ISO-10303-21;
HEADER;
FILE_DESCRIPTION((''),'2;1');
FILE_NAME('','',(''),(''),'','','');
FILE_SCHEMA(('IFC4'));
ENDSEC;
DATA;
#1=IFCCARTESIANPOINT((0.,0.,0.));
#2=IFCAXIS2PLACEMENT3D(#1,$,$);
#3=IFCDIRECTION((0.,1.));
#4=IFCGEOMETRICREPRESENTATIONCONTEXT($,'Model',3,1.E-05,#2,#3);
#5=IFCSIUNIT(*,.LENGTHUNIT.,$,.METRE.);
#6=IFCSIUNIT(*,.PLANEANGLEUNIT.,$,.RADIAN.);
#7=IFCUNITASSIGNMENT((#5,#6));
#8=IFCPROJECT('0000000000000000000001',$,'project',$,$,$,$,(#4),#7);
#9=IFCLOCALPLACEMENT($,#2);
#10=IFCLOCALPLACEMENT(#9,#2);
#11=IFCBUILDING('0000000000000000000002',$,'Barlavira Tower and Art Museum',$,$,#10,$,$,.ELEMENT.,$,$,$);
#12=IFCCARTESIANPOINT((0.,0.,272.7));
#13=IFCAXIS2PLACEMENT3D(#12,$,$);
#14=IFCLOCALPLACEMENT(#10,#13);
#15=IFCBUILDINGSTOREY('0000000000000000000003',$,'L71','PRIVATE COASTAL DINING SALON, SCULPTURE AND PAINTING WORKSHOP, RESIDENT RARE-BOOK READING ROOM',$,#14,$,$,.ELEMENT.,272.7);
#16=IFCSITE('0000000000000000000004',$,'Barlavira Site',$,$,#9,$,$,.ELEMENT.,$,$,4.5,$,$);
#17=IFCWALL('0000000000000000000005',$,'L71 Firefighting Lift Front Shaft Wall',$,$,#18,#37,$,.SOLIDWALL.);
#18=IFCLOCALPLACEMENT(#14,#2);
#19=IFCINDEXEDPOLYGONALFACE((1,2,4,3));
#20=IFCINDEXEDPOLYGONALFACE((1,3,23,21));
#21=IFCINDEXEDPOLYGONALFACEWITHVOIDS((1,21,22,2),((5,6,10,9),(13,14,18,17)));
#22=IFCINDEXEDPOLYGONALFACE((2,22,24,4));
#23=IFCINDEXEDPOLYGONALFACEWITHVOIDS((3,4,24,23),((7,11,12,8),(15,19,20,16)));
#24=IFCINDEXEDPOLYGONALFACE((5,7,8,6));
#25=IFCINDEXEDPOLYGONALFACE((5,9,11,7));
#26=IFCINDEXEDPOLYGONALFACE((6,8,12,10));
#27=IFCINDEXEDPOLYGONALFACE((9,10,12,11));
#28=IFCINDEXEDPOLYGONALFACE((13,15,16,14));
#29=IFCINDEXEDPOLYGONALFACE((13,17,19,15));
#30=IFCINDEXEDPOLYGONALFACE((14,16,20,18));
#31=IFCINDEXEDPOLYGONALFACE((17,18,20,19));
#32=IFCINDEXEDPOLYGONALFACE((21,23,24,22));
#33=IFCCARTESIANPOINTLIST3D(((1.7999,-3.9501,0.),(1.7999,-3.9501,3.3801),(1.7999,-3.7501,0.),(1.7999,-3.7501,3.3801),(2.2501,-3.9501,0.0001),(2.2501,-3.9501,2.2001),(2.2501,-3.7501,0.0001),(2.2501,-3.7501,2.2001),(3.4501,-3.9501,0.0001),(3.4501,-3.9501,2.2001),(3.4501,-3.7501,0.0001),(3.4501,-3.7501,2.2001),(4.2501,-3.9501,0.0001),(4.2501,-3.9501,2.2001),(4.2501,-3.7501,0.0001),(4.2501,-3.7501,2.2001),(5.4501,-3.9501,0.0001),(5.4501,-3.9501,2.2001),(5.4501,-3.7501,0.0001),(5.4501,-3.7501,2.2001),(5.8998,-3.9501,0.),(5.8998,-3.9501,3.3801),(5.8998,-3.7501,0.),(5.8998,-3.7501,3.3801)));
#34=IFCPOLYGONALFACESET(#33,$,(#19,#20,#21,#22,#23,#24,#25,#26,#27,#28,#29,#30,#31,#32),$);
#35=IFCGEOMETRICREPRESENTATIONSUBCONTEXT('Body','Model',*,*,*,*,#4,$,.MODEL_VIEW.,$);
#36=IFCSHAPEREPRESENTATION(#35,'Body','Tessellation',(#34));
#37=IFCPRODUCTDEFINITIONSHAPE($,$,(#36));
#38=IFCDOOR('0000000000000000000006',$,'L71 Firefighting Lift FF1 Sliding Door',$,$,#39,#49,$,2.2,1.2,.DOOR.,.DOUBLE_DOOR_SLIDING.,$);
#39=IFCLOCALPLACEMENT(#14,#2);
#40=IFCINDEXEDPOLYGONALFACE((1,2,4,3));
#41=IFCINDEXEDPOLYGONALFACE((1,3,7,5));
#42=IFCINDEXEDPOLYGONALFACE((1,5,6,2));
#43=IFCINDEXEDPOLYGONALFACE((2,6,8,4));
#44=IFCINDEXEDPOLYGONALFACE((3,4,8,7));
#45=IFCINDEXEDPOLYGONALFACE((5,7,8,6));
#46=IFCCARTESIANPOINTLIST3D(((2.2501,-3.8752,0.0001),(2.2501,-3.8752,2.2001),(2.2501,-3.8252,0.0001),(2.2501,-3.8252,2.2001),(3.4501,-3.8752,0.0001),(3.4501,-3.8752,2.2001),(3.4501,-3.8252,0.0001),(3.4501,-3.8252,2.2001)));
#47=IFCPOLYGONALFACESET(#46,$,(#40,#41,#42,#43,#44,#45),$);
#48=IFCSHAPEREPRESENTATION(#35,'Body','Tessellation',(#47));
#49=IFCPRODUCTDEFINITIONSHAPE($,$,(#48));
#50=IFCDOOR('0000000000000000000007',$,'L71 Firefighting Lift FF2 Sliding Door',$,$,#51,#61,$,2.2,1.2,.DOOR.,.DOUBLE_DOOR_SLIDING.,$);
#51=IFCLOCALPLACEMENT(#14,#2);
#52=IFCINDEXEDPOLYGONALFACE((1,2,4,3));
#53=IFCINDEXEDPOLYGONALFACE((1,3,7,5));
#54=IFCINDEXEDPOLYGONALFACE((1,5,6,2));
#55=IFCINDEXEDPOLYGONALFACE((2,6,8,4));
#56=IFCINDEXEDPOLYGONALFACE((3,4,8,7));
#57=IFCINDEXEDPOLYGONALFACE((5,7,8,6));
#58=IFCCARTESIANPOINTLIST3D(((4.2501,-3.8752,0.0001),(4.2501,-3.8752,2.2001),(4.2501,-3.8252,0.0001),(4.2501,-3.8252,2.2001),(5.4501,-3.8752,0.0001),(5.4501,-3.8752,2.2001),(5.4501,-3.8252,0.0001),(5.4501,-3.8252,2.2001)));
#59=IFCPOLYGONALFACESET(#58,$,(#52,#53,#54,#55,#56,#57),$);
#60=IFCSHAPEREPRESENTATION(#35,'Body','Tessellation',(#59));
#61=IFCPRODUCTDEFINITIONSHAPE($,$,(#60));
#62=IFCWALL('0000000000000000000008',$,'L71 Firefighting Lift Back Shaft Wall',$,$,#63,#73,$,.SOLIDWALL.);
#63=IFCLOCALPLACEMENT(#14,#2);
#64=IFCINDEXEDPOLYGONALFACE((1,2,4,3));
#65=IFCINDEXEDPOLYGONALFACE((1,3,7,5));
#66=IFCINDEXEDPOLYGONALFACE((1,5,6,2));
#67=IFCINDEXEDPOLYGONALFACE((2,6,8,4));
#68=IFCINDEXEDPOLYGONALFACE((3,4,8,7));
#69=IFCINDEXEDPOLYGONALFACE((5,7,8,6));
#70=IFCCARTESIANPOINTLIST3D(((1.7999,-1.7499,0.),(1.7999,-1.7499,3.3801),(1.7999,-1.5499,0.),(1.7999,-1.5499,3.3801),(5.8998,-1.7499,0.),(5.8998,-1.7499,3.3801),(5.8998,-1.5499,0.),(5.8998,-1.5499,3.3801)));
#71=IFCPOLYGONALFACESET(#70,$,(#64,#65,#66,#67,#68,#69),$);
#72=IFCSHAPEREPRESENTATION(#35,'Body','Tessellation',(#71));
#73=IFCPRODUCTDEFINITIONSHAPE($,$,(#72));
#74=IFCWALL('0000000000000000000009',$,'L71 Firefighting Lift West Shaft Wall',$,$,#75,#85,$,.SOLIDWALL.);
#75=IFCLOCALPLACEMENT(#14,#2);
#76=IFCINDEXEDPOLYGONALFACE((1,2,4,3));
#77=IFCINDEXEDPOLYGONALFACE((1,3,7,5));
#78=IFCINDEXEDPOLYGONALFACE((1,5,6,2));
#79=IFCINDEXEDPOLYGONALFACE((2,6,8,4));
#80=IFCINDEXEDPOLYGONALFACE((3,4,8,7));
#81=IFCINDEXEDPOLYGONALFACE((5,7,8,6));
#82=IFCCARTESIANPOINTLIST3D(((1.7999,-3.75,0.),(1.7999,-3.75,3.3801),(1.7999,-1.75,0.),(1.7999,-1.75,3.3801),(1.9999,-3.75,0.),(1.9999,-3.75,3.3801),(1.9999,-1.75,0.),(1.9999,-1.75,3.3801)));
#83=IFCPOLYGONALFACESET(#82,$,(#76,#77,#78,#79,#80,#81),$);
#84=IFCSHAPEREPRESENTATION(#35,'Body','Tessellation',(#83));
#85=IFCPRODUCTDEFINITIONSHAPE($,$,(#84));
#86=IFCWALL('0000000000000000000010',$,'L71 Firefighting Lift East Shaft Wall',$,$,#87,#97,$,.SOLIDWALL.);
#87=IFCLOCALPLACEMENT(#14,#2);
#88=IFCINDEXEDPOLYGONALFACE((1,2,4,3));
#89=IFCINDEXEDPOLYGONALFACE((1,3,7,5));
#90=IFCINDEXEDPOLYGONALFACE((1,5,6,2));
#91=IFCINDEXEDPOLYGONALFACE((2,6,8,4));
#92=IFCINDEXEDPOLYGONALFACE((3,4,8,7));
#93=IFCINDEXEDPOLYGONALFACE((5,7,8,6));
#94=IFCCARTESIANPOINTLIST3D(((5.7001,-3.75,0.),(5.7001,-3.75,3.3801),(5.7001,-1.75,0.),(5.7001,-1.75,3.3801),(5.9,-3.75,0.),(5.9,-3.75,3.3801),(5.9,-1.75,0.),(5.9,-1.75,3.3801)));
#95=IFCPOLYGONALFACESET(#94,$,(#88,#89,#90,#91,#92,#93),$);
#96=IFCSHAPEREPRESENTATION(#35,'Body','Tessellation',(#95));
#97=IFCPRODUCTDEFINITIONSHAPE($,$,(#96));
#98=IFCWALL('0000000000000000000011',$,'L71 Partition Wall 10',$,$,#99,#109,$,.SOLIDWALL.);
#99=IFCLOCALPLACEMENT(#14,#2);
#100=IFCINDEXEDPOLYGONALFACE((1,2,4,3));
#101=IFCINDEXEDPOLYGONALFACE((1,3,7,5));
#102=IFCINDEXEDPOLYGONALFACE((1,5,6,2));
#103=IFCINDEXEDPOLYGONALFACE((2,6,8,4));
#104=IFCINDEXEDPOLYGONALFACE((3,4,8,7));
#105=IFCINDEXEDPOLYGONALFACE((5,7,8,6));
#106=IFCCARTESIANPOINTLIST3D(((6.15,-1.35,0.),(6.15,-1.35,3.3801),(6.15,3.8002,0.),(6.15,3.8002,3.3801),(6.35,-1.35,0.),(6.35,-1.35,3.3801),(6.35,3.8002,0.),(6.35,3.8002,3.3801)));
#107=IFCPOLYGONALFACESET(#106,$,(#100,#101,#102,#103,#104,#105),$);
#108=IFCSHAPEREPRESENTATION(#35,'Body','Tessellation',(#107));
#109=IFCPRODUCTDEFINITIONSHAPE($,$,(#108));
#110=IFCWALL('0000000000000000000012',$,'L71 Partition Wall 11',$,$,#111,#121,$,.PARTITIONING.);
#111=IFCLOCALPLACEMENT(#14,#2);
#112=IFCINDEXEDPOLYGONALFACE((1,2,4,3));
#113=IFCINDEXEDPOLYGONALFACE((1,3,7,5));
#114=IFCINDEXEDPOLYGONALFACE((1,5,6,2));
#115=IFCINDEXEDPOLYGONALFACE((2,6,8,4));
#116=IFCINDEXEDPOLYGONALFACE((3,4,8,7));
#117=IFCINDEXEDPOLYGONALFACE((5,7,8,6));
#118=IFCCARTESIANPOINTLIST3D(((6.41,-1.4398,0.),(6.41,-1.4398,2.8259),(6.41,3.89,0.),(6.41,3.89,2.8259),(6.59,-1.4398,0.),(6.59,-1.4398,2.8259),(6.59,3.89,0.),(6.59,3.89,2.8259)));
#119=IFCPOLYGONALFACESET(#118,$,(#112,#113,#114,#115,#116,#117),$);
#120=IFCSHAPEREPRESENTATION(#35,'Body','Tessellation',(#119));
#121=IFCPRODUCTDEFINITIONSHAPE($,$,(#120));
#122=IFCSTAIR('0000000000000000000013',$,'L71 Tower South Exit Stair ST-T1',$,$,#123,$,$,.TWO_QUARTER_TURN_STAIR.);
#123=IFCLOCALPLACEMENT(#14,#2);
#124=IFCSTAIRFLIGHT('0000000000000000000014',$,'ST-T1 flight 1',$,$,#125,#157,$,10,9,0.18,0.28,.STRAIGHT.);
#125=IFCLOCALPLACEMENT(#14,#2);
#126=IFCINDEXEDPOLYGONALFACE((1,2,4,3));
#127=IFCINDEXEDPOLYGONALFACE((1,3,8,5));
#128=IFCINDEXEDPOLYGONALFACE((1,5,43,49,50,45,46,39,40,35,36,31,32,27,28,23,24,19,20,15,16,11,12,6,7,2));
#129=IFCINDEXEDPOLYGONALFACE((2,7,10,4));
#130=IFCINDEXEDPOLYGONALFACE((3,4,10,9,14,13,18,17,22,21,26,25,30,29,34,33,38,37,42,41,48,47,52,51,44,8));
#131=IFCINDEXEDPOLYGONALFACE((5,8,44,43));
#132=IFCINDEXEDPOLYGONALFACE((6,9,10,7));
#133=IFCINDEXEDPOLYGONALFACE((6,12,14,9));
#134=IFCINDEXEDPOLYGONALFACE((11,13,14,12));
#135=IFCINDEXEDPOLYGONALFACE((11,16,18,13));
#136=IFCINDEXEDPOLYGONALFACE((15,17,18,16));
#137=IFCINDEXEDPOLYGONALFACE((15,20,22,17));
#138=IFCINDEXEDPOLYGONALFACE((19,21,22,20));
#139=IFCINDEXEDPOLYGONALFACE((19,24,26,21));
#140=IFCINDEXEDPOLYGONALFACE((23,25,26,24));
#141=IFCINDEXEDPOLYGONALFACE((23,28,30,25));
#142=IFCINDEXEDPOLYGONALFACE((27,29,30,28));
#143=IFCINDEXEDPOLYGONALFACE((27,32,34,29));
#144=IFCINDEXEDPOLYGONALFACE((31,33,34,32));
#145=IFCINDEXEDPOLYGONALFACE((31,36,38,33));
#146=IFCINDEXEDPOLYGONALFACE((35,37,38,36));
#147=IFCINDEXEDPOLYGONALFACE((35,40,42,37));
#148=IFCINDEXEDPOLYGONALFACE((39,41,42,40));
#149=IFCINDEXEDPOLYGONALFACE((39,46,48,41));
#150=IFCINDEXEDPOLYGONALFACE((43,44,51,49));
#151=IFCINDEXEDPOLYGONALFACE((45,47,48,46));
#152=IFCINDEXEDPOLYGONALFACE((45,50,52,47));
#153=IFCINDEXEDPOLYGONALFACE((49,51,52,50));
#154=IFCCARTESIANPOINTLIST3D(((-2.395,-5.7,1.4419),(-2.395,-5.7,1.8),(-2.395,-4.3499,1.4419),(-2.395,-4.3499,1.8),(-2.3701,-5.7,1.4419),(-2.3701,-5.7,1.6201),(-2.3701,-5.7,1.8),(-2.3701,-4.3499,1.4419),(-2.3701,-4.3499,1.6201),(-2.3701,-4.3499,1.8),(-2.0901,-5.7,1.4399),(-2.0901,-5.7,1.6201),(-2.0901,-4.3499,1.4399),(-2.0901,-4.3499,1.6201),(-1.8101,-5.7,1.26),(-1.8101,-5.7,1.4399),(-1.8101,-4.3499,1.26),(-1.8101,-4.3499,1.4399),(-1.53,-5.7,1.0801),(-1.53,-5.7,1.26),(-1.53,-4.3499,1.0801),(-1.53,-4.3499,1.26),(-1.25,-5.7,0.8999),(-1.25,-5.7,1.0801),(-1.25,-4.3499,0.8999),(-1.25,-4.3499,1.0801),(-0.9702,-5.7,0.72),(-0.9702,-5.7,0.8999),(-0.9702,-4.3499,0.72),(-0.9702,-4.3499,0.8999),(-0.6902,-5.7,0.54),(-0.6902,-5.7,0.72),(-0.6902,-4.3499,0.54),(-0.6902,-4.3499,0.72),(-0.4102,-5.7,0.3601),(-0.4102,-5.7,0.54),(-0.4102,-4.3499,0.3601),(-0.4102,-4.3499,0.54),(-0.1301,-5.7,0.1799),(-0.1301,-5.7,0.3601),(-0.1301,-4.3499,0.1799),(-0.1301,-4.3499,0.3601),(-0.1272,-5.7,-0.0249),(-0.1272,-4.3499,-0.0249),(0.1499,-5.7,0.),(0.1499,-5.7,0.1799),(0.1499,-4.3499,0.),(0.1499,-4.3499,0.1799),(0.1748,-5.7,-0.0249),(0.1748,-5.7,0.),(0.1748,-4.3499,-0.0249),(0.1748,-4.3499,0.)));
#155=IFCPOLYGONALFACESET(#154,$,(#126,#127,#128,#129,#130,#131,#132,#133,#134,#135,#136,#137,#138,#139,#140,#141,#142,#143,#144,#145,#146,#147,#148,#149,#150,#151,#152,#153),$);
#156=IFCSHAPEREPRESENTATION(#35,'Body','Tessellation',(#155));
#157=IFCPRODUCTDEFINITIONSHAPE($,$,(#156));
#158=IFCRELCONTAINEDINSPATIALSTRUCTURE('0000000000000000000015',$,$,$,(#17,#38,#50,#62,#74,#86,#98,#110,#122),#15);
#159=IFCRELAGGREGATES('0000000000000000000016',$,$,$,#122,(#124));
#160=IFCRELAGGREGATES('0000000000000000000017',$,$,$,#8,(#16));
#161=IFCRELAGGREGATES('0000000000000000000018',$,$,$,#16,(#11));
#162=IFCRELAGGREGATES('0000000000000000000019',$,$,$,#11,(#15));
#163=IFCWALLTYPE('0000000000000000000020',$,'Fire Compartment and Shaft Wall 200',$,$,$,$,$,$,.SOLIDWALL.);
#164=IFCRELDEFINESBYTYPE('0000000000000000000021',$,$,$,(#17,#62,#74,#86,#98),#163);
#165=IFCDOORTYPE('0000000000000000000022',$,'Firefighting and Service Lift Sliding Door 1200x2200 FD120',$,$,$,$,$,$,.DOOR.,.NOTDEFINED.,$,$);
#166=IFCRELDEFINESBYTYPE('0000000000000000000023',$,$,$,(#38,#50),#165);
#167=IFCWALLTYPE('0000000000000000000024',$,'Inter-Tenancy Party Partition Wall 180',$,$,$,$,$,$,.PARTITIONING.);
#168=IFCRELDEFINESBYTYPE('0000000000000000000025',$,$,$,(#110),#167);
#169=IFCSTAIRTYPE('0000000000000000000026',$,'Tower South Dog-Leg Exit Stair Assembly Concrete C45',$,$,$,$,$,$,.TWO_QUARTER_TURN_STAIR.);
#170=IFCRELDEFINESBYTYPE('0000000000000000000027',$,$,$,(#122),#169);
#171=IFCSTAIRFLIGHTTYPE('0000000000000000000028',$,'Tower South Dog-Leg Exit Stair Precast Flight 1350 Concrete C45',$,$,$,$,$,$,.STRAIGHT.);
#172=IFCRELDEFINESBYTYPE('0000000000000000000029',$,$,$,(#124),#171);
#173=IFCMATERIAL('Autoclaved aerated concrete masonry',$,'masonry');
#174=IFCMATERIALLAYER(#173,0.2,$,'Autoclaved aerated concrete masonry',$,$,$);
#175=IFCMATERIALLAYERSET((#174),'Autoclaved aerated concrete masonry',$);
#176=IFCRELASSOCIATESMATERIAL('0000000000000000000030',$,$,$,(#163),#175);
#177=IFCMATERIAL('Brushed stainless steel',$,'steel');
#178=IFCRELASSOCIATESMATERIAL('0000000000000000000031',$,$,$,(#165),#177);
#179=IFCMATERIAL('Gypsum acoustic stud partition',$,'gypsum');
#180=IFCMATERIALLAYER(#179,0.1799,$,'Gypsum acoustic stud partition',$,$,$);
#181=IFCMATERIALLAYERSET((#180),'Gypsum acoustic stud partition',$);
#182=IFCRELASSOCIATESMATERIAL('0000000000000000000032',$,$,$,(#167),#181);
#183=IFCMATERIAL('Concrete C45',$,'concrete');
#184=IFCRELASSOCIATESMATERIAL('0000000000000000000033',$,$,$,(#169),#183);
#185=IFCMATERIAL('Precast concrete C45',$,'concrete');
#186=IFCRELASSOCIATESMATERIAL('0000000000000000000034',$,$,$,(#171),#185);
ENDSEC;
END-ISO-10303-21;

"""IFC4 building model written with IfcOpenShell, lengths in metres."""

from ifc_helpers import new_model, si_unit, direction, frame, frame_2d, origin, place, context, subcontext, project, spatial, polyline, rectangle, outline, extrude, material, layer, layer_set, type_object, element, fill, aggregate, save


model = new_model("IFC4")

# Units and contexts
model_context = context("Model", 3, precision=1e-05, world=origin(), true_north=direction((0.0, 1.0)))
body_context = subcontext(model_context, "Body", "Model", "MODEL_VIEW")
ifc_project = project(units=[si_unit("LENGTHUNIT", "METRE"), si_unit("PLANEANGLEUNIT", "RADIAN")], contexts=[model_context])

# Site, building, storey
site_placement = place(None, origin())
site = spatial("IfcSite", under=ifc_project, at=site_placement, Name="Barlavira Site", CompositionType="ELEMENT", RefElevation=4.5)
building_placement = place(site_placement, origin())
building = spatial("IfcBuilding", under=site, at=building_placement, Name="Barlavira Tower and Art Museum", CompositionType="ELEMENT")
storey_placement = place(building_placement, frame((0.0, 0.0, 272.7)))
storey = spatial("IfcBuildingStorey", under=building, at=storey_placement, Name="L71", Description="PRIVATE COASTAL DINING SALON, SCULPTURE AND PAINTING WORKSHOP, RESIDENT RARE-BOOK READING ROOM", CompositionType="ELEMENT", Elevation=272.7)

# Shared definitions
ifc_material_1 = material(Name="Brushed stainless steel", Category="steel")

# Wall, openings, doors
ifc_material_2 = material(Name="Autoclaved aerated concrete masonry", Category="masonry")
ifc_layer_1 = layer(ifc_material_2, 0.2, Name="Autoclaved aerated concrete masonry")
ifc_layer_set_1 = layer_set([ifc_layer_1], Name="Autoclaved aerated concrete masonry")
wall_type_1 = type_object("IfcWallType", Name="Fire Compartment and Shaft Wall 200", PredefinedType="SOLIDWALL", material=ifc_layer_set_1)
wall_1_placement = place(storey_placement, frame((1.8, -3.8501, 0.0), z_axis=(0.0, 0.0, 1.0), x_axis=(1.0, 0.0, 0.0)))
wall_1 = element("IfcWall", 1, at=wall_1_placement, inside=storey, type_object=wall_type_1, Name="L71 Firefighting Lift Front Shaft Wall", PredefinedType="SOLIDWALL", context=body_context, shape_type="SweptSolid", body=[
    extrude(rectangle(XDim=4.0999, YDim=0.2, at=frame_2d((2.0498, 0.0))), origin(), (0.0, 0.0, 1.0), 3.3801),
])
opening_1_placement = place(wall_1_placement, frame((0.45, 0.0, 0.0)))
opening_1 = element("IfcOpeningElement", 2, at=opening_1_placement, cuts=wall_1, PredefinedType="OPENING", context=body_context, shape_type="SweptSolid", body=[
    extrude(rectangle(XDim=1.2, YDim=2.2, at=frame_2d((0.6001, 1.1001))), frame((0.0, 0.1099, 0.0), z_axis=(0.0, -1.0, 0.0), x_axis=(1.0, 0.0, 0.0)), (0.0, 0.0, 1.0), 0.22),
])
opening_2_placement = place(wall_1_placement, frame((2.45, 0.0, 0.0)))
opening_2 = element("IfcOpeningElement", 3, at=opening_2_placement, cuts=wall_1, PredefinedType="OPENING", context=body_context, shape_type="SweptSolid", body=[
    extrude(rectangle(XDim=1.2, YDim=2.2, at=frame_2d((0.6001, 1.1001))), frame((0.0, 0.1099, 0.0), z_axis=(0.0, -1.0, 0.0), x_axis=(1.0, 0.0, 0.0)), (0.0, 0.0, 1.0), 0.22),
])
door_type_1 = type_object("IfcDoorType", Name="Firefighting and Service Lift Sliding Door 1200x2200 FD120", OperationType="NOTDEFINED", PredefinedType="DOOR", material=ifc_material_1)
door_1_placement = place(opening_1_placement, origin())
door_1 = element("IfcDoor", 4, at=door_1_placement, inside=storey, type_object=door_type_1, Name="L71 Firefighting Lift FF1 Sliding Door", OperationType="DOUBLE_DOOR_SLIDING", OverallHeight=2.2, OverallWidth=1.2, PredefinedType="DOOR", context=body_context, shape_type="SweptSolid", body=[
    extrude(rectangle(XDim=1.2, YDim=2.2, at=frame_2d((0.6001, 1.1001))), frame((0.0, 0.0249, 0.0), z_axis=(0.0, -1.0, 0.0), x_axis=(1.0, 0.0, 0.0)), (0.0, 0.0, 1.0), 0.05),
])
fill(opening_1, door_1)
door_2_placement = place(opening_2_placement, origin())
door_2 = element("IfcDoor", 5, at=door_2_placement, inside=storey, type_object=door_type_1, Name="L71 Firefighting Lift FF2 Sliding Door", OperationType="DOUBLE_DOOR_SLIDING", OverallHeight=2.2, OverallWidth=1.2, PredefinedType="DOOR", context=body_context, shape_type="SweptSolid", body=[
    extrude(rectangle(XDim=1.2, YDim=2.2, at=frame_2d((0.6001, 1.1001))), frame((0.0, 0.0249, 0.0), z_axis=(0.0, -1.0, 0.0), x_axis=(1.0, 0.0, 0.0)), (0.0, 0.0, 1.0), 0.05),
])
fill(opening_2, door_2)

# Walls
wall_2_placement = place(storey_placement, frame((1.8, -1.6499, 0.0), z_axis=(0.0, 0.0, 1.0), x_axis=(1.0, 0.0, 0.0)))
element("IfcWall", 6, at=wall_2_placement, inside=storey, type_object=wall_type_1, Name="L71 Firefighting Lift Back Shaft Wall", PredefinedType="SOLIDWALL", context=body_context, shape_type="SweptSolid", body=[
    extrude(rectangle(XDim=4.0999, YDim=0.2, at=frame_2d((2.0498, 0.0))), origin(), (0.0, 0.0, 1.0), 3.3801),
])
for number, where, z_axis, x_axis, name in (
    (7, (1.8999, -3.75, 0.0), (0.0, 0.0, 1.0), (0.0, 1.0, 0.0), "L71 Firefighting Lift West Shaft Wall"),
    (8, (5.8, -3.75, 0.0), (0.0, 0.0, 1.0), (0.0, 1.0, 0.0), "L71 Firefighting Lift East Shaft Wall"),
):
    element("IfcWall", number, at=place(storey_placement, frame(where, z_axis=z_axis, x_axis=x_axis)), inside=storey, type_object=wall_type_1, Name=name, PredefinedType="SOLIDWALL", context=body_context, shape_type="SweptSolid", body=[
        extrude(rectangle(XDim=2.0, YDim=0.2, at=frame_2d((1.0, 0.0))), origin(), (0.0, 0.0, 1.0), 3.3801),
    ])

# Walls
wall_3_placement = place(storey_placement, frame((6.25, -1.3501, 0.0), z_axis=(0.0, 0.0, 1.0), x_axis=(0.0, 1.0, 0.0)))
element("IfcWall", 9, at=wall_3_placement, inside=storey, type_object=wall_type_1, Name="L71 Partition Wall 10", PredefinedType="SOLIDWALL", context=body_context, shape_type="SweptSolid", body=[
    extrude(rectangle(XDim=5.1501, YDim=0.2, at=frame_2d((2.5752, 0.0))), origin(), (0.0, 0.0, 1.0), 3.3801),
])
ifc_material_3 = material(Name="Gypsum acoustic stud partition", Category="gypsum")
ifc_layer_2 = layer(ifc_material_3, 0.1799, Name="Gypsum acoustic stud partition")
ifc_layer_set_2 = layer_set([ifc_layer_2], Name="Gypsum acoustic stud partition")
wall_type_2 = type_object("IfcWallType", Name="Inter-Tenancy Party Partition Wall 180", PredefinedType="PARTITIONING", material=ifc_layer_set_2)
wall_4_placement = place(storey_placement, frame((6.5, -1.4399, 0.0), z_axis=(0.0, 0.0, 1.0), x_axis=(0.0, 1.0, 0.0)))
element("IfcWall", 10, at=wall_4_placement, inside=storey, type_object=wall_type_2, Name="L71 Partition Wall 11", PredefinedType="PARTITIONING", context=body_context, shape_type="SweptSolid", body=[
    extrude(rectangle(XDim=5.3298, YDim=0.1799, at=frame_2d((2.665, 0.0))), origin(), (0.0, 0.0, 1.0), 2.8259),
])

# Stair, stair flight
ifc_material_4 = material(Name="Concrete C45", Category="concrete")
stair_type = type_object("IfcStairType", Name="Tower South Dog-Leg Exit Stair Assembly Concrete C45", PredefinedType="TWO_QUARTER_TURN_STAIR", material=ifc_material_4)
stair_placement = place(storey_placement, origin())
stair = element("IfcStair", 11, at=stair_placement, inside=storey, type_object=stair_type, Name="L71 Tower South Exit Stair ST-T1", PredefinedType="TWO_QUARTER_TURN_STAIR")
ifc_material_5 = material(Name="Precast concrete C45", Category="concrete")
stair_flight_type = type_object("IfcStairFlightType", Name="Tower South Dog-Leg Exit Stair Precast Flight 1350 Concrete C45", PredefinedType="STRAIGHT", material=ifc_material_5)
stair_flight_placement = place(storey_placement, frame((0.1499, -5.0249, 0.0), z_axis=(0.0, 0.0, 1.0), x_axis=(-1.0, 0.0, 0.0)))
stair_flight = element("IfcStairFlight", 12, at=stair_flight_placement, type_object=stair_flight_type, Name="ST-T1 flight 1", NumberOfRisers=10, NumberOfTreads=9, PredefinedType="STRAIGHT", RiserHeight=0.18, TreadLength=0.28, context=body_context, shape_type="SweptSolid", body=[
    extrude(outline(polyline([(-0.0249, 0.0), (0.0, 0.0), (0.0, 0.1799), (0.28, 0.1799), (0.28, 0.3601), (0.5601, 0.3601), (0.5601, 0.54), (0.8401, 0.54), (0.8401, 0.72), (1.1201, 0.72), (1.1201, 0.8999), (1.3999, 0.8999), (1.3999, 1.0801), (1.6799, 1.0801), (1.6799, 1.26), (1.96, 1.26), (1.96, 1.4399), (2.24, 1.4399), (2.24, 1.6201), (2.52, 1.6201), (2.52, 1.8), (2.5449, 1.8), (2.5449, 1.4419), (2.52, 1.4419), (0.2771, -0.0249), (-0.0249, -0.0249), (-0.0249, 0.0)])), frame((0.0, 0.675, 0.0), z_axis=(0.0, -1.0, 0.0), x_axis=(1.0, 0.0, 0.0)), (0.0, 0.0, 1.0), 1.3501),
])
aggregate(stair, [stair_flight])

save(model, "model.ifc")
